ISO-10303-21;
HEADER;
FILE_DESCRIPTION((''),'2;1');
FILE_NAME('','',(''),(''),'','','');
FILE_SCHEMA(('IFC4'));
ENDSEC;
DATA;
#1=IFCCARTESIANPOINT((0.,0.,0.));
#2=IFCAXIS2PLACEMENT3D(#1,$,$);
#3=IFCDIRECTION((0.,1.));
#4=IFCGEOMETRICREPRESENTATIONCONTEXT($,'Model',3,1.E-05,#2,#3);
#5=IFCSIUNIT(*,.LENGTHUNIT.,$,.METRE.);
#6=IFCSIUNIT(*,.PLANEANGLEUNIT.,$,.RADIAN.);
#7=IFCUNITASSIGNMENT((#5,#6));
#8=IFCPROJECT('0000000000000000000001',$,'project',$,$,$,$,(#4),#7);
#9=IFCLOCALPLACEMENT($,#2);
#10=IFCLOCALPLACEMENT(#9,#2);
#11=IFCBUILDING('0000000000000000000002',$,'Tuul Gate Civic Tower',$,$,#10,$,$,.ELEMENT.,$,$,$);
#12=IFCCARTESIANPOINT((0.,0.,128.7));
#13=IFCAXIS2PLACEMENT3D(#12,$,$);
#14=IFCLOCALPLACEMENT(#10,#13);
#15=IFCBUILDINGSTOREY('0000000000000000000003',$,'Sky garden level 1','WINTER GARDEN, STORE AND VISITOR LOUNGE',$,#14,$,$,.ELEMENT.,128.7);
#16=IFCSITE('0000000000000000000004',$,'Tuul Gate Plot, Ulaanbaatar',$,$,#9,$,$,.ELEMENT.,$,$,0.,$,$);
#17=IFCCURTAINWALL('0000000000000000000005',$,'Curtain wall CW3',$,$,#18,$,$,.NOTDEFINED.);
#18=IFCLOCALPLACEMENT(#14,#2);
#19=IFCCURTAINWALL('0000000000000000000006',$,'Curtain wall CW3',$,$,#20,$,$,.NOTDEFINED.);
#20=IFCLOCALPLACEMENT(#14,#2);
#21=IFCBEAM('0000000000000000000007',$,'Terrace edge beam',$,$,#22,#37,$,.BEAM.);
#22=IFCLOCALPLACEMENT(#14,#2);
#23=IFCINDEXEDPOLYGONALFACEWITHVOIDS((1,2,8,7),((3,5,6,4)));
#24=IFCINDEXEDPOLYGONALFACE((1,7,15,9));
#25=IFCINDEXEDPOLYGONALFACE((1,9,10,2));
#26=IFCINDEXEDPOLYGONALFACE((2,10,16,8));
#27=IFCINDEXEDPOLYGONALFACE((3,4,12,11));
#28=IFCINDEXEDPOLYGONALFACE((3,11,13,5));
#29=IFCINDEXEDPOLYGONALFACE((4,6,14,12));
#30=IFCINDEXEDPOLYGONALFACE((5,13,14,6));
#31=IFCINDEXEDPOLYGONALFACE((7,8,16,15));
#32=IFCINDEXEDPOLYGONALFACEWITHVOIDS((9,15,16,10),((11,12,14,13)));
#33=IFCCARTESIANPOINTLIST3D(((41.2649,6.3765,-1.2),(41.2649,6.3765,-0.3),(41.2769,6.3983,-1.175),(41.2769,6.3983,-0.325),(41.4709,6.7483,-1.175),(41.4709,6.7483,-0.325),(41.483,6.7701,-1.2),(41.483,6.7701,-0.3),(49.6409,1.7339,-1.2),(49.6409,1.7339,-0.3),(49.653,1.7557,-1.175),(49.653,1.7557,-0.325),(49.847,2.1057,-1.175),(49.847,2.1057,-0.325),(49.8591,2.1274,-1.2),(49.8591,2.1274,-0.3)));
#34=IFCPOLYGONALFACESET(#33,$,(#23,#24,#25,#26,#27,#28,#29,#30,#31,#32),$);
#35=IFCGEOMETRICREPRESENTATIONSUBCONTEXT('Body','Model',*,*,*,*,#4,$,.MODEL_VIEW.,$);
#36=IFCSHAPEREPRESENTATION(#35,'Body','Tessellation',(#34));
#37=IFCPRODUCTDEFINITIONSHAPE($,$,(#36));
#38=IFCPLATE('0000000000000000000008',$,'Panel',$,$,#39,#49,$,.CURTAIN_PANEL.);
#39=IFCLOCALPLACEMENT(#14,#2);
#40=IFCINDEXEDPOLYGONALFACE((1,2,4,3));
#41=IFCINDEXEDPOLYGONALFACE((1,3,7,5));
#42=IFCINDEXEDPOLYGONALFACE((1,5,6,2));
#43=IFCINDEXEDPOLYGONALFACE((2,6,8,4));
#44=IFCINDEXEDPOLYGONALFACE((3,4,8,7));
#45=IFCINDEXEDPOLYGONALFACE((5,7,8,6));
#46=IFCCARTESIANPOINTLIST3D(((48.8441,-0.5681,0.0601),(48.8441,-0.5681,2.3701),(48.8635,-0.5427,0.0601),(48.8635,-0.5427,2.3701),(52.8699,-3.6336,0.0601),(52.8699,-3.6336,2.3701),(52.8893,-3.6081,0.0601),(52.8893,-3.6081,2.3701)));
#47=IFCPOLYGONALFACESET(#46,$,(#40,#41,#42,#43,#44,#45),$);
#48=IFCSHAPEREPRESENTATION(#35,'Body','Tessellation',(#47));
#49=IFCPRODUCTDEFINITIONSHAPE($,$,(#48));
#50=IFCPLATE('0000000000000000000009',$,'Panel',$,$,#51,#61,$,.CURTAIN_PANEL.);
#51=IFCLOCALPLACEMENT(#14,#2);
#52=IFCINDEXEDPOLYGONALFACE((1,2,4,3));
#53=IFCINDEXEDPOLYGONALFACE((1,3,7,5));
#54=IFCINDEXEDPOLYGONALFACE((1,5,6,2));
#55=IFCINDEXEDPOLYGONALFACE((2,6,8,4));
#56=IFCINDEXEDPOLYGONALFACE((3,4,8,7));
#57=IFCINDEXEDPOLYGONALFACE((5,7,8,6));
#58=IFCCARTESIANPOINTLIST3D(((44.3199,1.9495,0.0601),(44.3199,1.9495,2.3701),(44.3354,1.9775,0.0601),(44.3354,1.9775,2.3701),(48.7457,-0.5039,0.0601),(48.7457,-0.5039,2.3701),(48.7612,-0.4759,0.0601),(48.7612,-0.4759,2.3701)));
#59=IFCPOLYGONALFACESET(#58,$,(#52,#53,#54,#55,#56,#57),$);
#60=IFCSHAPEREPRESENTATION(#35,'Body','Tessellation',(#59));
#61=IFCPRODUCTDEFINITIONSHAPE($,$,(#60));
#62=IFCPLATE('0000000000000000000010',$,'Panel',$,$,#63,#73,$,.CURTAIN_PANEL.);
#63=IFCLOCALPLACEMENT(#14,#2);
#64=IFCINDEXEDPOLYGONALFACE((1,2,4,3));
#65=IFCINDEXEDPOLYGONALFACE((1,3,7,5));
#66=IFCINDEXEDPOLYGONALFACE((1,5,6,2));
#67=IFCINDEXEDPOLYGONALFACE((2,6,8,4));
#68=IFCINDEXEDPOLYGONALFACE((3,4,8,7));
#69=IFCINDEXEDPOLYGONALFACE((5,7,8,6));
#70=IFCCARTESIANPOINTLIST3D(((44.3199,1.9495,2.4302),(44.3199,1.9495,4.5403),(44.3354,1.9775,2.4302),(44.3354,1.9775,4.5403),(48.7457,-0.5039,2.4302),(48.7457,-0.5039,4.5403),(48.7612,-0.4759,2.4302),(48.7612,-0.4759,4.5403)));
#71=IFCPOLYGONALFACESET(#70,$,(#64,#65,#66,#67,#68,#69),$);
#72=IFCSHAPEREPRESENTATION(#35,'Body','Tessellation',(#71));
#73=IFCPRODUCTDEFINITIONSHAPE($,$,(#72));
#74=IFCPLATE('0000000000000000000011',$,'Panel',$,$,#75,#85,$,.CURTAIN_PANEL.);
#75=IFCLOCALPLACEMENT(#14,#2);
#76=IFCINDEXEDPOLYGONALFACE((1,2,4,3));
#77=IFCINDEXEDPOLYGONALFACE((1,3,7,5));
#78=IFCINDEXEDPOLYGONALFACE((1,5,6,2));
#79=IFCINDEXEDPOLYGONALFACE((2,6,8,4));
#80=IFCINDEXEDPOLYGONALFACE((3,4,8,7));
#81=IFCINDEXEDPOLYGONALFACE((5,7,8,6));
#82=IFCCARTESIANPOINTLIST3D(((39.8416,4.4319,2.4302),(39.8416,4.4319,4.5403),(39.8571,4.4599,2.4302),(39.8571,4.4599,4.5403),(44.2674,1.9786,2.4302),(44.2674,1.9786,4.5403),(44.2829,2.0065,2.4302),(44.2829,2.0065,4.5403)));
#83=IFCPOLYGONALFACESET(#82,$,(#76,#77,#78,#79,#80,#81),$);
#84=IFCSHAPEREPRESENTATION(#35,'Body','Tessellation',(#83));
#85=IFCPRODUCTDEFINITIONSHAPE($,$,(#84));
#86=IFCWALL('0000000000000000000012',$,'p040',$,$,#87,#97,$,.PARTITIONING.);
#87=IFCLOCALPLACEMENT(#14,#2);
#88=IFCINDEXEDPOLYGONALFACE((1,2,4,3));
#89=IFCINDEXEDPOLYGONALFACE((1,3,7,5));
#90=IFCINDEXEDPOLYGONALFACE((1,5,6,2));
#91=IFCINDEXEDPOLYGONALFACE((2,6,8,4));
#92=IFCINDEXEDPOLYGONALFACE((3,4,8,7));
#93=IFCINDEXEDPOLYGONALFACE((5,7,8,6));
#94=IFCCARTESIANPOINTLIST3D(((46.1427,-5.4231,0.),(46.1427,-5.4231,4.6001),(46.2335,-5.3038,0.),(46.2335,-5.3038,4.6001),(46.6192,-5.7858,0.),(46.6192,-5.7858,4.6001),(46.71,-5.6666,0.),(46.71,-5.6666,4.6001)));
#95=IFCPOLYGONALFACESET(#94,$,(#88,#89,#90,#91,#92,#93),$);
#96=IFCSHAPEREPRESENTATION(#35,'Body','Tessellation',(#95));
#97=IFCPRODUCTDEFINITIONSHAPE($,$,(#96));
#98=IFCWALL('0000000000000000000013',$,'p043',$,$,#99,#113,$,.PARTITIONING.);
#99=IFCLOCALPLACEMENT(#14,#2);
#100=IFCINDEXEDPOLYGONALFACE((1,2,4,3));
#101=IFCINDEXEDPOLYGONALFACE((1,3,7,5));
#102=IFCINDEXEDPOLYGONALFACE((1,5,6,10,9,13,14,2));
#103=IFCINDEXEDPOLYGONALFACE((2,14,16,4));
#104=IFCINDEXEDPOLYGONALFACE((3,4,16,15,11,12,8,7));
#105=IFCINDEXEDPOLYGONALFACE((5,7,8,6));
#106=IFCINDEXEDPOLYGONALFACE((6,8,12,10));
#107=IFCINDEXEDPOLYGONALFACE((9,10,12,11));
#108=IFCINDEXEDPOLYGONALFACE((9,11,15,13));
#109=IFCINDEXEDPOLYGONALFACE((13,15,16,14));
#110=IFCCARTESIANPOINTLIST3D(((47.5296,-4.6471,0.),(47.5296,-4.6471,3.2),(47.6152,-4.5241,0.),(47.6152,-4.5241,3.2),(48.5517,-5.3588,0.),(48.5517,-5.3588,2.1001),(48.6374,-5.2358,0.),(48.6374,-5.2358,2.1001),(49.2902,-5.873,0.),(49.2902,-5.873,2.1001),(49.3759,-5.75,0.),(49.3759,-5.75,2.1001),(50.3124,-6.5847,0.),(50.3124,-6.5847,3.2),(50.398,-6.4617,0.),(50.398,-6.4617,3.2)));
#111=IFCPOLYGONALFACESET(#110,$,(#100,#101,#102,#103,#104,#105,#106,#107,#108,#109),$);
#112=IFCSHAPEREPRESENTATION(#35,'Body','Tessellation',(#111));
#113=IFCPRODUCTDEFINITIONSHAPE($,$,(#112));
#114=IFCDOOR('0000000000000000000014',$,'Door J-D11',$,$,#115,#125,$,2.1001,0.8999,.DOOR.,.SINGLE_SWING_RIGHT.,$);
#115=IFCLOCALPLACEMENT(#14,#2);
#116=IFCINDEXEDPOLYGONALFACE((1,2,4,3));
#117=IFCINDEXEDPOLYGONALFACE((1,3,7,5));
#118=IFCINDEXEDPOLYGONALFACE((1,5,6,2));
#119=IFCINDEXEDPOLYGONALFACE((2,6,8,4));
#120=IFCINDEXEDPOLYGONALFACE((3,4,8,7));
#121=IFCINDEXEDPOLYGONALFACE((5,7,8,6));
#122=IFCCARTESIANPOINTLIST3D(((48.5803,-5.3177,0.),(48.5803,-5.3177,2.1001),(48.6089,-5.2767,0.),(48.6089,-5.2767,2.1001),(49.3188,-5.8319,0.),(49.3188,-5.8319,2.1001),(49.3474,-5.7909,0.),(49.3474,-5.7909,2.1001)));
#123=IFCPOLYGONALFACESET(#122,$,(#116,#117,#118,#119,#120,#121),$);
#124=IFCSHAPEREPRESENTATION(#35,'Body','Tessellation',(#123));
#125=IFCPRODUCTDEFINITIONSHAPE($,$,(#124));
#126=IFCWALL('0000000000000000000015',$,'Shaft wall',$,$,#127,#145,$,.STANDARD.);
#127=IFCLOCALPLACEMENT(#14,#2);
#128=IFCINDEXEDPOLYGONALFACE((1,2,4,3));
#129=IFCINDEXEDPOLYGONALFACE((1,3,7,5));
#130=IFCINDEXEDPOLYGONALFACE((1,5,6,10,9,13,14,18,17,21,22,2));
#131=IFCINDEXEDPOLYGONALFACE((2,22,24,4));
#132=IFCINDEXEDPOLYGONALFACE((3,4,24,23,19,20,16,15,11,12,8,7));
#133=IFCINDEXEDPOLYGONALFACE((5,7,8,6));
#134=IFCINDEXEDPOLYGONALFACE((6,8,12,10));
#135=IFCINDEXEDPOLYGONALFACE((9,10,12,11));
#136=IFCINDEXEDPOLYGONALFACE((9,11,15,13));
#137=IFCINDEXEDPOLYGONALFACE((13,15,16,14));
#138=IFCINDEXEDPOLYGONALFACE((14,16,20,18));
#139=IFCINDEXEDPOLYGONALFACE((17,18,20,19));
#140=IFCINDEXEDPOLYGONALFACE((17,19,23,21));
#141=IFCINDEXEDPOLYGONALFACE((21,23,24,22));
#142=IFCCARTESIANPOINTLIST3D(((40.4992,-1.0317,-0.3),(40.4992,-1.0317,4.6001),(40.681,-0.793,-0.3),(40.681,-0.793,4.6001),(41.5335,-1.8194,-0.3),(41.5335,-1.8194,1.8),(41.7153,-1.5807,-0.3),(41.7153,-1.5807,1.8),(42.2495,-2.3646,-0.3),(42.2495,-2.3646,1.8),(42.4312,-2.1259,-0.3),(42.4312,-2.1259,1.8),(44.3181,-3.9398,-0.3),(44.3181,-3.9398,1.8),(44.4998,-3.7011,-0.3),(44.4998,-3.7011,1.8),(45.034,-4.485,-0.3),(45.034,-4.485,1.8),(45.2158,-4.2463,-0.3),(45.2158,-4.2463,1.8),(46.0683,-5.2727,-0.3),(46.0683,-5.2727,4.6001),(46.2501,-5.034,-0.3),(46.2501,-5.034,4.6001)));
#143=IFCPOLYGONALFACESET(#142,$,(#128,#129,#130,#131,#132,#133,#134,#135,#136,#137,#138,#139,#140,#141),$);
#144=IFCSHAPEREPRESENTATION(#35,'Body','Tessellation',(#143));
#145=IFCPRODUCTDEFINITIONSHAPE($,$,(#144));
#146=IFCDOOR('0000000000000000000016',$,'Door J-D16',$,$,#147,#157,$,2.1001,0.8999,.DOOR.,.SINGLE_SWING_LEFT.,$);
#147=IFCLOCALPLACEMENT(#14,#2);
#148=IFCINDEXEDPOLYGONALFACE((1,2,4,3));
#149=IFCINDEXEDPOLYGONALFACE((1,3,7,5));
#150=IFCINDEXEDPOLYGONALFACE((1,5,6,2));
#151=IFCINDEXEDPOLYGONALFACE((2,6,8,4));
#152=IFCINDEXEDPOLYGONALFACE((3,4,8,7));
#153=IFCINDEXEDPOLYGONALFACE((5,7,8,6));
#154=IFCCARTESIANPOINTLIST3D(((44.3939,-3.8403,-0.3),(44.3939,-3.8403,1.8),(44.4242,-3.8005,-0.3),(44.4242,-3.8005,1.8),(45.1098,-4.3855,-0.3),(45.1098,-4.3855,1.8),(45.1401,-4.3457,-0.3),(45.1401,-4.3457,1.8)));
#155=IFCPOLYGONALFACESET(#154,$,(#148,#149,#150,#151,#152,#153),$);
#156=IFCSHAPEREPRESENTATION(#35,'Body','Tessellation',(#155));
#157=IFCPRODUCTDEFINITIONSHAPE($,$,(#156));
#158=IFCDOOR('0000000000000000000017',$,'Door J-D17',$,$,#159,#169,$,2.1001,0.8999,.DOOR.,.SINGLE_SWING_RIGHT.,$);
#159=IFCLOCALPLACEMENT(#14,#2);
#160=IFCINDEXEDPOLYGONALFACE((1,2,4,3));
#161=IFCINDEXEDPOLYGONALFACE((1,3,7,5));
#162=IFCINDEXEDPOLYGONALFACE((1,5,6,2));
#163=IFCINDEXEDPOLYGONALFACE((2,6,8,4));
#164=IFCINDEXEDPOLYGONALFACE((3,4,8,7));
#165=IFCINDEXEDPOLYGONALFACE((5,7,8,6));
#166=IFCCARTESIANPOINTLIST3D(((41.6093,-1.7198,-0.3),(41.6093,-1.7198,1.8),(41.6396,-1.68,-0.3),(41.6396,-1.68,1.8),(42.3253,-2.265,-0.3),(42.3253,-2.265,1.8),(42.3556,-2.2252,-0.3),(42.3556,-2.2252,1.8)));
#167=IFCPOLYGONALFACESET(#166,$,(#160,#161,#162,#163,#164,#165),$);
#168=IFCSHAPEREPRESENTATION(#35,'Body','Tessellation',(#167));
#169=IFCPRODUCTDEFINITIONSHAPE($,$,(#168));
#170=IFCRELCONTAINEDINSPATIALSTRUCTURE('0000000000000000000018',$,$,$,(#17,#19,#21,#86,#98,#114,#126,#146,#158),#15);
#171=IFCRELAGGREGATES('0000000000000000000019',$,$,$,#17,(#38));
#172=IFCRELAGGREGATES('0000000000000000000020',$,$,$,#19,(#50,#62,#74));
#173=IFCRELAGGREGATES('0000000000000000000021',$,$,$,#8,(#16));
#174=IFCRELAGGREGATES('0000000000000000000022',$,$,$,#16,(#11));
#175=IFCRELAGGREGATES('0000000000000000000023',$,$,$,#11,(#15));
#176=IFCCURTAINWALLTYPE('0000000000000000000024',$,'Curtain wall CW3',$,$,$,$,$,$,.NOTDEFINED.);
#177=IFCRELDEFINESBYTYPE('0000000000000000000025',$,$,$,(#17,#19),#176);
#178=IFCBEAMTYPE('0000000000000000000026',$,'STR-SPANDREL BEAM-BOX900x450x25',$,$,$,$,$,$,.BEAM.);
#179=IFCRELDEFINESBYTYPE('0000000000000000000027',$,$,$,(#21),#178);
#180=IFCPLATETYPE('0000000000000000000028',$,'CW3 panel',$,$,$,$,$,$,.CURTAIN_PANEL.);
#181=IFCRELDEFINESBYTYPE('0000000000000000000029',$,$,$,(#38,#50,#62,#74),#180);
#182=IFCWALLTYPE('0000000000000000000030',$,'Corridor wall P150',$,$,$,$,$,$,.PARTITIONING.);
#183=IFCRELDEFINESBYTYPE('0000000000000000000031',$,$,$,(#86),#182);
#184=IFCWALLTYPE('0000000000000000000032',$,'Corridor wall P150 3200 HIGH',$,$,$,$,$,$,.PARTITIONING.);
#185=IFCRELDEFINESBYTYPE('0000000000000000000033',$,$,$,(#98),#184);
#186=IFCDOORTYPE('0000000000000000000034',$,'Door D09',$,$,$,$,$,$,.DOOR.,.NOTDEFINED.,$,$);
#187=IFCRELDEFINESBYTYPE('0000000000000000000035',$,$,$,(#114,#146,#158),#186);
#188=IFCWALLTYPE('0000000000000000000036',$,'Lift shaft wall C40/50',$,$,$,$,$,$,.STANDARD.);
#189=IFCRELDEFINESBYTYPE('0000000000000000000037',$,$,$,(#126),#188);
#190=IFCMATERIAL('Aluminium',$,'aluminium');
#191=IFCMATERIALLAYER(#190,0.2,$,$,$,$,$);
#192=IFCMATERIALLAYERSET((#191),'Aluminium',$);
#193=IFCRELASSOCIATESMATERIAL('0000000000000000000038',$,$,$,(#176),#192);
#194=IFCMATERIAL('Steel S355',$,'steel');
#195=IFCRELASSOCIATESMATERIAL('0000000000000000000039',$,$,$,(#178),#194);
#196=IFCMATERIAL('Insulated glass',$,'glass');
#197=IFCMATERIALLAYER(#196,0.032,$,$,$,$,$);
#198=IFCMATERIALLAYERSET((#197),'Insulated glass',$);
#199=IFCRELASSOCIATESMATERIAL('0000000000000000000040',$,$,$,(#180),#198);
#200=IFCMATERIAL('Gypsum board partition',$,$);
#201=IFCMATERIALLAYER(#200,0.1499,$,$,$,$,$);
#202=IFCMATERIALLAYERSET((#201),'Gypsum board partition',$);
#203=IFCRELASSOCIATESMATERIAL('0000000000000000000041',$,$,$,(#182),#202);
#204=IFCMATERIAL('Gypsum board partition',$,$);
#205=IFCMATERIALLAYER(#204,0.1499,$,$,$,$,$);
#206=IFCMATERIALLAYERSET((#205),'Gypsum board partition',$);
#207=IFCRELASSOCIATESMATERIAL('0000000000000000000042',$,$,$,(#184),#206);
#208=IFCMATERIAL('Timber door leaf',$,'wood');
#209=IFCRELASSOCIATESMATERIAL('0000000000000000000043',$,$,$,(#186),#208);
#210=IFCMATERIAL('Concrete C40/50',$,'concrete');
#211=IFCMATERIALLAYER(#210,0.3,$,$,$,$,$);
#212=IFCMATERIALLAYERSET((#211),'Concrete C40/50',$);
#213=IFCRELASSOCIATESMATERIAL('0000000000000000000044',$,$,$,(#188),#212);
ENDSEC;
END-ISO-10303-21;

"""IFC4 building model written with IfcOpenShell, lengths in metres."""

from ifc_helpers import new_model, si_unit, direction, frame, frame_2d, origin, origin_2d, place, context, subcontext, project, spatial, rectangle, hollow_rectangle, extrude, material, layer, layer_set, material_profile, profile_set, type_object, element, fill, aggregate, save


model = new_model("IFC4")

# Units and contexts
model_context = context("Model", 3, precision=1e-05, world=origin(), true_north=direction((0.0, 1.0)))
body_context = subcontext(model_context, "Body", "Model", "MODEL_VIEW")
ifc_project = project(units=[si_unit("LENGTHUNIT", "METRE"), si_unit("PLANEANGLEUNIT", "RADIAN")], contexts=[model_context])

# Site, building, storey
site_placement = place(None, origin())
site = spatial("IfcSite", under=ifc_project, at=site_placement, Name="Tuul Gate Plot, Ulaanbaatar", CompositionType="ELEMENT", RefElevation=0.0)
building_placement = place(site_placement, origin())
building = spatial("IfcBuilding", under=site, at=building_placement, Name="Tuul Gate Civic Tower", CompositionType="ELEMENT")
storey_placement = place(building_placement, frame((0.0, 0.0, 128.7)))
storey = spatial("IfcBuildingStorey", under=building, at=storey_placement, Name="Sky garden level 1", Description="WINTER GARDEN, STORE AND VISITOR LOUNGE", CompositionType="ELEMENT", Elevation=128.7)

# Curtain wall
ifc_material_1 = material(Name="Aluminium", Category="aluminium")
ifc_layer_1 = layer(ifc_material_1, 0.2)
ifc_layer_set_1 = layer_set([ifc_layer_1], Name="Aluminium")
curtain_wall_type = type_object("IfcCurtainWallType", Name="Curtain wall CW3", PredefinedType="NOTDEFINED", material=ifc_layer_set_1)
curtain_wall_1_placement = place(storey_placement, origin())
curtain_wall_1 = element("IfcCurtainWall", 1, at=curtain_wall_1_placement, inside=storey, type_object=curtain_wall_type, Name="Curtain wall CW3", PredefinedType="NOTDEFINED")

# Curtain wall
curtain_wall_2_placement = place(storey_placement, origin())
curtain_wall_2 = element("IfcCurtainWall", 2, at=curtain_wall_2_placement, inside=storey, type_object=curtain_wall_type, Name="Curtain wall CW3", PredefinedType="NOTDEFINED")

# Beam
ifc_material_2 = material(Name="Steel S355", Category="steel")
ifc_material_profile_1 = material_profile(ifc_material_2, hollow_rectangle(XDim=0.45, YDim=0.8999, WallThickness=0.0249, at=origin_2d()), Name="BOX900x450x25")
ifc_profile_set_1 = profile_set([ifc_material_profile_1], Name="Steel S355")
beam_type_1 = type_object("IfcBeamType", Name="STR-SPANDREL BEAM-BOX900x450x25", PredefinedType="BEAM", material=ifc_profile_set_1)
beam_1_placement = place(storey_placement, frame((49.75, 1.9307, -0.75), z_axis=(-0.874633, 0.484786, 0.0), x_axis=(-0.484786, -0.874633, 0.0)))
element("IfcBeam", 3, at=beam_1_placement, inside=storey, type_object=beam_type_1, Name="Terrace edge beam", PredefinedType="BEAM", context=body_context, shape_type="SweptSolid", body=[
    extrude(hollow_rectangle(XDim=0.45, YDim=0.8999, WallThickness=0.0249, at=origin_2d()), origin(), (0.0, 0.0, 1.0), 9.5767),
])

# Plates
ifc_material_3 = material(Name="Insulated glass", Category="glass")
ifc_layer_2 = layer(ifc_material_3, 0.032)
ifc_layer_set_2 = layer_set([ifc_layer_2], Name="Insulated glass")
plate_type = type_object("IfcPlateType", Name="CW3 panel", PredefinedType="CURTAIN_PANEL", material=ifc_layer_set_2)
plate_1_placement = place(storey_placement, frame((50.8667, -2.0881, 0.0601), z_axis=(0.0, 0.0, 1.0), x_axis=(-0.79561, 0.605809, 0.0)))
plate_1 = element("IfcPlate", 4, at=plate_1_placement, type_object=plate_type, Name="Panel", PredefinedType="CURTAIN_PANEL", context=body_context, shape_type="SweptSolid", body=[
    extrude(rectangle(XDim=5.0601, YDim=0.032, at=origin_2d()), origin(), (0.0, 0.0, 1.0), 2.3101),
])
aggregate(curtain_wall_1, [plate_1])
plate_2_placement = place(storey_placement, frame((46.5405, 0.7368, 0.0601), z_axis=(0.0, 0.0, 1.0), x_axis=(-0.87461, 0.484827, 0.0)))
plate_2 = element("IfcPlate", 5, at=plate_2_placement, type_object=plate_type, Name="Panel", PredefinedType="CURTAIN_PANEL", context=body_context, shape_type="SweptSolid", body=[
    extrude(rectangle(XDim=5.0603, YDim=0.032, at=origin_2d()), origin(), (0.0, 0.0, 1.0), 2.3101),
])
plate_3_placement = place(storey_placement, frame((46.5405, 0.7368, 2.4302), z_axis=(0.0, 0.0, 1.0), x_axis=(-0.87461, 0.484827, 0.0)))
plate_3 = element("IfcPlate", 6, at=plate_3_placement, type_object=plate_type, Name="Panel", PredefinedType="CURTAIN_PANEL", context=body_context, shape_type="SweptSolid", body=[
    extrude(rectangle(XDim=5.0603, YDim=0.032, at=origin_2d()), origin(), (0.0, 0.0, 1.0), 2.1101),
])
plate_4_placement = place(storey_placement, frame((42.0623, 3.2192, 2.4302), z_axis=(0.0, 0.0, 1.0), x_axis=(-0.87461, 0.484827, 0.0)))
plate_4 = element("IfcPlate", 7, at=plate_4_placement, type_object=plate_type, Name="Panel", PredefinedType="CURTAIN_PANEL", context=body_context, shape_type="SweptSolid", body=[
    extrude(rectangle(XDim=5.0603, YDim=0.032, at=origin_2d()), origin(), (0.0, 0.0, 1.0), 2.1101),
])
aggregate(curtain_wall_2, [plate_2, plate_3, plate_4])

# Wall
ifc_material_4 = material(Name="Gypsum board partition")
ifc_layer_3 = layer(ifc_material_4, 0.1499)
ifc_layer_set_3 = layer_set([ifc_layer_3], Name="Gypsum board partition")
wall_type_1 = type_object("IfcWallType", Name="Corridor wall P150", PredefinedType="PARTITIONING", material=ifc_layer_set_3)
wall_1_placement = place(storey_placement, frame((46.1882, -5.3635, 0.0), z_axis=(0.0, 0.0, 1.0), x_axis=(0.795675, -0.605724, 0.0)))
element("IfcWall", 8, at=wall_1_placement, inside=storey, type_object=wall_type_1, Name="p040", PredefinedType="PARTITIONING", context=body_context, shape_type="SweptSolid", body=[
    extrude(rectangle(XDim=0.5989, YDim=0.1499, at=frame_2d((0.2993, 0.0))), origin(), (0.0, 0.0, 1.0), 4.6001),
])

# Wall, opening, door
ifc_material_5 = material(Name="Gypsum board partition")
ifc_layer_4 = layer(ifc_material_5, 0.1499)
ifc_layer_set_4 = layer_set([ifc_layer_4], Name="Gypsum board partition")
wall_type_2 = type_object("IfcWallType", Name="Corridor wall P150 3200 HIGH", PredefinedType="PARTITIONING", material=ifc_layer_set_4)
wall_2_placement = place(storey_placement, frame((47.5725, -4.5857, 0.0), z_axis=(0.0, 0.0, 1.0), x_axis=(0.82067, -0.571402, 0.0)))
wall_2 = element("IfcWall", 9, at=wall_2_placement, inside=storey, type_object=wall_type_2, Name="p043", PredefinedType="PARTITIONING", context=body_context, shape_type="SweptSolid", body=[
    extrude(rectangle(XDim=3.3909, YDim=0.1499, at=frame_2d((1.6953, 0.0))), origin(), (0.0, 0.0, 1.0), 3.2),
])
opening_1_placement = place(wall_2_placement, frame((1.2454, 0.0, 0.0)))
opening_1 = element("IfcOpeningElement", 10, at=opening_1_placement, cuts=wall_2, PredefinedType="OPENING", context=body_context, shape_type="SweptSolid", body=[
    extrude(rectangle(XDim=0.8999, YDim=2.1001, at=frame_2d((0.45, 1.05))), frame((0.0, 0.085, 0.0), z_axis=(0.0, -1.0, 0.0), x_axis=(1.0, 0.0, 0.0)), (0.0, 0.0, 1.0), 0.1699),
])
ifc_material_6 = material(Name="Timber door leaf", Category="wood")
door_type = type_object("IfcDoorType", Name="Door D09", OperationType="NOTDEFINED", PredefinedType="DOOR", material=ifc_material_6)
door_1_placement = place(opening_1_placement, frame((0.8999, 0.0, 0.0), z_axis=(0.0, 0.0, 1.0), x_axis=(-1.0, 0.0, 0.0)))
door_1 = element("IfcDoor", 11, at=door_1_placement, inside=storey, type_object=door_type, Name="Door J-D11", OperationType="SINGLE_SWING_RIGHT", OverallHeight=2.1001, OverallWidth=0.8999, PredefinedType="DOOR", context=body_context, shape_type="SweptSolid", body=[
    extrude(rectangle(XDim=0.8999, YDim=2.1001, at=frame_2d((0.45, 1.05))), frame((0.0, 0.0249, 0.0), z_axis=(0.0, -1.0, 0.0), x_axis=(1.0, 0.0, 0.0)), (0.0, 0.0, 1.0), 0.05),
])
fill(opening_1, door_1)

# Wall, openings, doors
ifc_material_7 = material(Name="Concrete C40/50", Category="concrete")
ifc_layer_5 = layer(ifc_material_7, 0.3)
ifc_layer_set_5 = layer_set([ifc_layer_5], Name="Concrete C40/50")
wall_type_3 = type_object("IfcWallType", Name="Lift shaft wall C40/50", PredefinedType="STANDARD", material=ifc_layer_set_5)
wall_3_placement = place(storey_placement, frame((46.1592, -5.1533, -0.3), z_axis=(0.0, 0.0, 1.0), x_axis=(-0.79558, 0.605849, 0.0)))
wall_3 = element("IfcWall", 12, at=wall_3_placement, inside=storey, type_object=wall_type_3, Name="Shaft wall", PredefinedType="STANDARD", context=body_context, shape_type="SweptSolid", body=[
    extrude(rectangle(XDim=7.0, YDim=0.3, at=frame_2d((3.5, 0.0))), origin(), (0.0, 0.0, 1.0), 4.9001),
])
opening_2_placement = place(wall_3_placement, frame((1.3, 0.0, 0.0)))
opening_2 = element("IfcOpeningElement", 13, at=opening_2_placement, cuts=wall_3, PredefinedType="OPENING", context=body_context, shape_type="SweptSolid", body=[
    extrude(rectangle(XDim=0.8999, YDim=2.1001, at=frame_2d((0.45, 1.05))), frame((0.0, 0.1602, 0.0), z_axis=(0.0, -1.0, 0.0), x_axis=(1.0, 0.0, 0.0)), (0.0, 0.0, 1.0), 0.3201),
])
opening_3_placement = place(wall_3_placement, frame((4.8, 0.0, 0.0)))
opening_3 = element("IfcOpeningElement", 14, at=opening_3_placement, cuts=wall_3, PredefinedType="OPENING", context=body_context, shape_type="SweptSolid", body=[
    extrude(rectangle(XDim=0.8999, YDim=2.1001, at=frame_2d((0.45, 1.05))), frame((0.0, 0.1602, 0.0), z_axis=(0.0, -1.0, 0.0), x_axis=(1.0, 0.0, 0.0)), (0.0, 0.0, 1.0), 0.3201),
])
door_2_placement = place(opening_2_placement, origin())
door_2 = element("IfcDoor", 15, at=door_2_placement, inside=storey, type_object=door_type, Name="Door J-D16", OperationType="SINGLE_SWING_LEFT", OverallHeight=2.1001, OverallWidth=0.8999, PredefinedType="DOOR", context=body_context, shape_type="SweptSolid", body=[
    extrude(rectangle(XDim=0.8999, YDim=2.1001, at=frame_2d((0.45, 1.05))), frame((0.0, 0.0249, 0.0), z_axis=(0.0, -1.0, 0.0), x_axis=(1.0, 0.0, 0.0)), (0.0, 0.0, 1.0), 0.05),
])
fill(opening_2, door_2)
door_3_placement = place(opening_3_placement, origin())
door_3 = element("IfcDoor", 16, at=door_3_placement, inside=storey, type_object=door_type, Name="Door J-D17", OperationType="SINGLE_SWING_RIGHT", OverallHeight=2.1001, OverallWidth=0.8999, PredefinedType="DOOR", context=body_context, shape_type="SweptSolid", body=[
    extrude(rectangle(XDim=0.8999, YDim=2.1001, at=frame_2d((0.45, 1.05))), frame((0.0, 0.0249, 0.0), z_axis=(0.0, -1.0, 0.0), x_axis=(1.0, 0.0, 0.0)), (0.0, 0.0, 1.0), 0.05),
])
fill(opening_3, door_3)

save(model, "model.ifc")
